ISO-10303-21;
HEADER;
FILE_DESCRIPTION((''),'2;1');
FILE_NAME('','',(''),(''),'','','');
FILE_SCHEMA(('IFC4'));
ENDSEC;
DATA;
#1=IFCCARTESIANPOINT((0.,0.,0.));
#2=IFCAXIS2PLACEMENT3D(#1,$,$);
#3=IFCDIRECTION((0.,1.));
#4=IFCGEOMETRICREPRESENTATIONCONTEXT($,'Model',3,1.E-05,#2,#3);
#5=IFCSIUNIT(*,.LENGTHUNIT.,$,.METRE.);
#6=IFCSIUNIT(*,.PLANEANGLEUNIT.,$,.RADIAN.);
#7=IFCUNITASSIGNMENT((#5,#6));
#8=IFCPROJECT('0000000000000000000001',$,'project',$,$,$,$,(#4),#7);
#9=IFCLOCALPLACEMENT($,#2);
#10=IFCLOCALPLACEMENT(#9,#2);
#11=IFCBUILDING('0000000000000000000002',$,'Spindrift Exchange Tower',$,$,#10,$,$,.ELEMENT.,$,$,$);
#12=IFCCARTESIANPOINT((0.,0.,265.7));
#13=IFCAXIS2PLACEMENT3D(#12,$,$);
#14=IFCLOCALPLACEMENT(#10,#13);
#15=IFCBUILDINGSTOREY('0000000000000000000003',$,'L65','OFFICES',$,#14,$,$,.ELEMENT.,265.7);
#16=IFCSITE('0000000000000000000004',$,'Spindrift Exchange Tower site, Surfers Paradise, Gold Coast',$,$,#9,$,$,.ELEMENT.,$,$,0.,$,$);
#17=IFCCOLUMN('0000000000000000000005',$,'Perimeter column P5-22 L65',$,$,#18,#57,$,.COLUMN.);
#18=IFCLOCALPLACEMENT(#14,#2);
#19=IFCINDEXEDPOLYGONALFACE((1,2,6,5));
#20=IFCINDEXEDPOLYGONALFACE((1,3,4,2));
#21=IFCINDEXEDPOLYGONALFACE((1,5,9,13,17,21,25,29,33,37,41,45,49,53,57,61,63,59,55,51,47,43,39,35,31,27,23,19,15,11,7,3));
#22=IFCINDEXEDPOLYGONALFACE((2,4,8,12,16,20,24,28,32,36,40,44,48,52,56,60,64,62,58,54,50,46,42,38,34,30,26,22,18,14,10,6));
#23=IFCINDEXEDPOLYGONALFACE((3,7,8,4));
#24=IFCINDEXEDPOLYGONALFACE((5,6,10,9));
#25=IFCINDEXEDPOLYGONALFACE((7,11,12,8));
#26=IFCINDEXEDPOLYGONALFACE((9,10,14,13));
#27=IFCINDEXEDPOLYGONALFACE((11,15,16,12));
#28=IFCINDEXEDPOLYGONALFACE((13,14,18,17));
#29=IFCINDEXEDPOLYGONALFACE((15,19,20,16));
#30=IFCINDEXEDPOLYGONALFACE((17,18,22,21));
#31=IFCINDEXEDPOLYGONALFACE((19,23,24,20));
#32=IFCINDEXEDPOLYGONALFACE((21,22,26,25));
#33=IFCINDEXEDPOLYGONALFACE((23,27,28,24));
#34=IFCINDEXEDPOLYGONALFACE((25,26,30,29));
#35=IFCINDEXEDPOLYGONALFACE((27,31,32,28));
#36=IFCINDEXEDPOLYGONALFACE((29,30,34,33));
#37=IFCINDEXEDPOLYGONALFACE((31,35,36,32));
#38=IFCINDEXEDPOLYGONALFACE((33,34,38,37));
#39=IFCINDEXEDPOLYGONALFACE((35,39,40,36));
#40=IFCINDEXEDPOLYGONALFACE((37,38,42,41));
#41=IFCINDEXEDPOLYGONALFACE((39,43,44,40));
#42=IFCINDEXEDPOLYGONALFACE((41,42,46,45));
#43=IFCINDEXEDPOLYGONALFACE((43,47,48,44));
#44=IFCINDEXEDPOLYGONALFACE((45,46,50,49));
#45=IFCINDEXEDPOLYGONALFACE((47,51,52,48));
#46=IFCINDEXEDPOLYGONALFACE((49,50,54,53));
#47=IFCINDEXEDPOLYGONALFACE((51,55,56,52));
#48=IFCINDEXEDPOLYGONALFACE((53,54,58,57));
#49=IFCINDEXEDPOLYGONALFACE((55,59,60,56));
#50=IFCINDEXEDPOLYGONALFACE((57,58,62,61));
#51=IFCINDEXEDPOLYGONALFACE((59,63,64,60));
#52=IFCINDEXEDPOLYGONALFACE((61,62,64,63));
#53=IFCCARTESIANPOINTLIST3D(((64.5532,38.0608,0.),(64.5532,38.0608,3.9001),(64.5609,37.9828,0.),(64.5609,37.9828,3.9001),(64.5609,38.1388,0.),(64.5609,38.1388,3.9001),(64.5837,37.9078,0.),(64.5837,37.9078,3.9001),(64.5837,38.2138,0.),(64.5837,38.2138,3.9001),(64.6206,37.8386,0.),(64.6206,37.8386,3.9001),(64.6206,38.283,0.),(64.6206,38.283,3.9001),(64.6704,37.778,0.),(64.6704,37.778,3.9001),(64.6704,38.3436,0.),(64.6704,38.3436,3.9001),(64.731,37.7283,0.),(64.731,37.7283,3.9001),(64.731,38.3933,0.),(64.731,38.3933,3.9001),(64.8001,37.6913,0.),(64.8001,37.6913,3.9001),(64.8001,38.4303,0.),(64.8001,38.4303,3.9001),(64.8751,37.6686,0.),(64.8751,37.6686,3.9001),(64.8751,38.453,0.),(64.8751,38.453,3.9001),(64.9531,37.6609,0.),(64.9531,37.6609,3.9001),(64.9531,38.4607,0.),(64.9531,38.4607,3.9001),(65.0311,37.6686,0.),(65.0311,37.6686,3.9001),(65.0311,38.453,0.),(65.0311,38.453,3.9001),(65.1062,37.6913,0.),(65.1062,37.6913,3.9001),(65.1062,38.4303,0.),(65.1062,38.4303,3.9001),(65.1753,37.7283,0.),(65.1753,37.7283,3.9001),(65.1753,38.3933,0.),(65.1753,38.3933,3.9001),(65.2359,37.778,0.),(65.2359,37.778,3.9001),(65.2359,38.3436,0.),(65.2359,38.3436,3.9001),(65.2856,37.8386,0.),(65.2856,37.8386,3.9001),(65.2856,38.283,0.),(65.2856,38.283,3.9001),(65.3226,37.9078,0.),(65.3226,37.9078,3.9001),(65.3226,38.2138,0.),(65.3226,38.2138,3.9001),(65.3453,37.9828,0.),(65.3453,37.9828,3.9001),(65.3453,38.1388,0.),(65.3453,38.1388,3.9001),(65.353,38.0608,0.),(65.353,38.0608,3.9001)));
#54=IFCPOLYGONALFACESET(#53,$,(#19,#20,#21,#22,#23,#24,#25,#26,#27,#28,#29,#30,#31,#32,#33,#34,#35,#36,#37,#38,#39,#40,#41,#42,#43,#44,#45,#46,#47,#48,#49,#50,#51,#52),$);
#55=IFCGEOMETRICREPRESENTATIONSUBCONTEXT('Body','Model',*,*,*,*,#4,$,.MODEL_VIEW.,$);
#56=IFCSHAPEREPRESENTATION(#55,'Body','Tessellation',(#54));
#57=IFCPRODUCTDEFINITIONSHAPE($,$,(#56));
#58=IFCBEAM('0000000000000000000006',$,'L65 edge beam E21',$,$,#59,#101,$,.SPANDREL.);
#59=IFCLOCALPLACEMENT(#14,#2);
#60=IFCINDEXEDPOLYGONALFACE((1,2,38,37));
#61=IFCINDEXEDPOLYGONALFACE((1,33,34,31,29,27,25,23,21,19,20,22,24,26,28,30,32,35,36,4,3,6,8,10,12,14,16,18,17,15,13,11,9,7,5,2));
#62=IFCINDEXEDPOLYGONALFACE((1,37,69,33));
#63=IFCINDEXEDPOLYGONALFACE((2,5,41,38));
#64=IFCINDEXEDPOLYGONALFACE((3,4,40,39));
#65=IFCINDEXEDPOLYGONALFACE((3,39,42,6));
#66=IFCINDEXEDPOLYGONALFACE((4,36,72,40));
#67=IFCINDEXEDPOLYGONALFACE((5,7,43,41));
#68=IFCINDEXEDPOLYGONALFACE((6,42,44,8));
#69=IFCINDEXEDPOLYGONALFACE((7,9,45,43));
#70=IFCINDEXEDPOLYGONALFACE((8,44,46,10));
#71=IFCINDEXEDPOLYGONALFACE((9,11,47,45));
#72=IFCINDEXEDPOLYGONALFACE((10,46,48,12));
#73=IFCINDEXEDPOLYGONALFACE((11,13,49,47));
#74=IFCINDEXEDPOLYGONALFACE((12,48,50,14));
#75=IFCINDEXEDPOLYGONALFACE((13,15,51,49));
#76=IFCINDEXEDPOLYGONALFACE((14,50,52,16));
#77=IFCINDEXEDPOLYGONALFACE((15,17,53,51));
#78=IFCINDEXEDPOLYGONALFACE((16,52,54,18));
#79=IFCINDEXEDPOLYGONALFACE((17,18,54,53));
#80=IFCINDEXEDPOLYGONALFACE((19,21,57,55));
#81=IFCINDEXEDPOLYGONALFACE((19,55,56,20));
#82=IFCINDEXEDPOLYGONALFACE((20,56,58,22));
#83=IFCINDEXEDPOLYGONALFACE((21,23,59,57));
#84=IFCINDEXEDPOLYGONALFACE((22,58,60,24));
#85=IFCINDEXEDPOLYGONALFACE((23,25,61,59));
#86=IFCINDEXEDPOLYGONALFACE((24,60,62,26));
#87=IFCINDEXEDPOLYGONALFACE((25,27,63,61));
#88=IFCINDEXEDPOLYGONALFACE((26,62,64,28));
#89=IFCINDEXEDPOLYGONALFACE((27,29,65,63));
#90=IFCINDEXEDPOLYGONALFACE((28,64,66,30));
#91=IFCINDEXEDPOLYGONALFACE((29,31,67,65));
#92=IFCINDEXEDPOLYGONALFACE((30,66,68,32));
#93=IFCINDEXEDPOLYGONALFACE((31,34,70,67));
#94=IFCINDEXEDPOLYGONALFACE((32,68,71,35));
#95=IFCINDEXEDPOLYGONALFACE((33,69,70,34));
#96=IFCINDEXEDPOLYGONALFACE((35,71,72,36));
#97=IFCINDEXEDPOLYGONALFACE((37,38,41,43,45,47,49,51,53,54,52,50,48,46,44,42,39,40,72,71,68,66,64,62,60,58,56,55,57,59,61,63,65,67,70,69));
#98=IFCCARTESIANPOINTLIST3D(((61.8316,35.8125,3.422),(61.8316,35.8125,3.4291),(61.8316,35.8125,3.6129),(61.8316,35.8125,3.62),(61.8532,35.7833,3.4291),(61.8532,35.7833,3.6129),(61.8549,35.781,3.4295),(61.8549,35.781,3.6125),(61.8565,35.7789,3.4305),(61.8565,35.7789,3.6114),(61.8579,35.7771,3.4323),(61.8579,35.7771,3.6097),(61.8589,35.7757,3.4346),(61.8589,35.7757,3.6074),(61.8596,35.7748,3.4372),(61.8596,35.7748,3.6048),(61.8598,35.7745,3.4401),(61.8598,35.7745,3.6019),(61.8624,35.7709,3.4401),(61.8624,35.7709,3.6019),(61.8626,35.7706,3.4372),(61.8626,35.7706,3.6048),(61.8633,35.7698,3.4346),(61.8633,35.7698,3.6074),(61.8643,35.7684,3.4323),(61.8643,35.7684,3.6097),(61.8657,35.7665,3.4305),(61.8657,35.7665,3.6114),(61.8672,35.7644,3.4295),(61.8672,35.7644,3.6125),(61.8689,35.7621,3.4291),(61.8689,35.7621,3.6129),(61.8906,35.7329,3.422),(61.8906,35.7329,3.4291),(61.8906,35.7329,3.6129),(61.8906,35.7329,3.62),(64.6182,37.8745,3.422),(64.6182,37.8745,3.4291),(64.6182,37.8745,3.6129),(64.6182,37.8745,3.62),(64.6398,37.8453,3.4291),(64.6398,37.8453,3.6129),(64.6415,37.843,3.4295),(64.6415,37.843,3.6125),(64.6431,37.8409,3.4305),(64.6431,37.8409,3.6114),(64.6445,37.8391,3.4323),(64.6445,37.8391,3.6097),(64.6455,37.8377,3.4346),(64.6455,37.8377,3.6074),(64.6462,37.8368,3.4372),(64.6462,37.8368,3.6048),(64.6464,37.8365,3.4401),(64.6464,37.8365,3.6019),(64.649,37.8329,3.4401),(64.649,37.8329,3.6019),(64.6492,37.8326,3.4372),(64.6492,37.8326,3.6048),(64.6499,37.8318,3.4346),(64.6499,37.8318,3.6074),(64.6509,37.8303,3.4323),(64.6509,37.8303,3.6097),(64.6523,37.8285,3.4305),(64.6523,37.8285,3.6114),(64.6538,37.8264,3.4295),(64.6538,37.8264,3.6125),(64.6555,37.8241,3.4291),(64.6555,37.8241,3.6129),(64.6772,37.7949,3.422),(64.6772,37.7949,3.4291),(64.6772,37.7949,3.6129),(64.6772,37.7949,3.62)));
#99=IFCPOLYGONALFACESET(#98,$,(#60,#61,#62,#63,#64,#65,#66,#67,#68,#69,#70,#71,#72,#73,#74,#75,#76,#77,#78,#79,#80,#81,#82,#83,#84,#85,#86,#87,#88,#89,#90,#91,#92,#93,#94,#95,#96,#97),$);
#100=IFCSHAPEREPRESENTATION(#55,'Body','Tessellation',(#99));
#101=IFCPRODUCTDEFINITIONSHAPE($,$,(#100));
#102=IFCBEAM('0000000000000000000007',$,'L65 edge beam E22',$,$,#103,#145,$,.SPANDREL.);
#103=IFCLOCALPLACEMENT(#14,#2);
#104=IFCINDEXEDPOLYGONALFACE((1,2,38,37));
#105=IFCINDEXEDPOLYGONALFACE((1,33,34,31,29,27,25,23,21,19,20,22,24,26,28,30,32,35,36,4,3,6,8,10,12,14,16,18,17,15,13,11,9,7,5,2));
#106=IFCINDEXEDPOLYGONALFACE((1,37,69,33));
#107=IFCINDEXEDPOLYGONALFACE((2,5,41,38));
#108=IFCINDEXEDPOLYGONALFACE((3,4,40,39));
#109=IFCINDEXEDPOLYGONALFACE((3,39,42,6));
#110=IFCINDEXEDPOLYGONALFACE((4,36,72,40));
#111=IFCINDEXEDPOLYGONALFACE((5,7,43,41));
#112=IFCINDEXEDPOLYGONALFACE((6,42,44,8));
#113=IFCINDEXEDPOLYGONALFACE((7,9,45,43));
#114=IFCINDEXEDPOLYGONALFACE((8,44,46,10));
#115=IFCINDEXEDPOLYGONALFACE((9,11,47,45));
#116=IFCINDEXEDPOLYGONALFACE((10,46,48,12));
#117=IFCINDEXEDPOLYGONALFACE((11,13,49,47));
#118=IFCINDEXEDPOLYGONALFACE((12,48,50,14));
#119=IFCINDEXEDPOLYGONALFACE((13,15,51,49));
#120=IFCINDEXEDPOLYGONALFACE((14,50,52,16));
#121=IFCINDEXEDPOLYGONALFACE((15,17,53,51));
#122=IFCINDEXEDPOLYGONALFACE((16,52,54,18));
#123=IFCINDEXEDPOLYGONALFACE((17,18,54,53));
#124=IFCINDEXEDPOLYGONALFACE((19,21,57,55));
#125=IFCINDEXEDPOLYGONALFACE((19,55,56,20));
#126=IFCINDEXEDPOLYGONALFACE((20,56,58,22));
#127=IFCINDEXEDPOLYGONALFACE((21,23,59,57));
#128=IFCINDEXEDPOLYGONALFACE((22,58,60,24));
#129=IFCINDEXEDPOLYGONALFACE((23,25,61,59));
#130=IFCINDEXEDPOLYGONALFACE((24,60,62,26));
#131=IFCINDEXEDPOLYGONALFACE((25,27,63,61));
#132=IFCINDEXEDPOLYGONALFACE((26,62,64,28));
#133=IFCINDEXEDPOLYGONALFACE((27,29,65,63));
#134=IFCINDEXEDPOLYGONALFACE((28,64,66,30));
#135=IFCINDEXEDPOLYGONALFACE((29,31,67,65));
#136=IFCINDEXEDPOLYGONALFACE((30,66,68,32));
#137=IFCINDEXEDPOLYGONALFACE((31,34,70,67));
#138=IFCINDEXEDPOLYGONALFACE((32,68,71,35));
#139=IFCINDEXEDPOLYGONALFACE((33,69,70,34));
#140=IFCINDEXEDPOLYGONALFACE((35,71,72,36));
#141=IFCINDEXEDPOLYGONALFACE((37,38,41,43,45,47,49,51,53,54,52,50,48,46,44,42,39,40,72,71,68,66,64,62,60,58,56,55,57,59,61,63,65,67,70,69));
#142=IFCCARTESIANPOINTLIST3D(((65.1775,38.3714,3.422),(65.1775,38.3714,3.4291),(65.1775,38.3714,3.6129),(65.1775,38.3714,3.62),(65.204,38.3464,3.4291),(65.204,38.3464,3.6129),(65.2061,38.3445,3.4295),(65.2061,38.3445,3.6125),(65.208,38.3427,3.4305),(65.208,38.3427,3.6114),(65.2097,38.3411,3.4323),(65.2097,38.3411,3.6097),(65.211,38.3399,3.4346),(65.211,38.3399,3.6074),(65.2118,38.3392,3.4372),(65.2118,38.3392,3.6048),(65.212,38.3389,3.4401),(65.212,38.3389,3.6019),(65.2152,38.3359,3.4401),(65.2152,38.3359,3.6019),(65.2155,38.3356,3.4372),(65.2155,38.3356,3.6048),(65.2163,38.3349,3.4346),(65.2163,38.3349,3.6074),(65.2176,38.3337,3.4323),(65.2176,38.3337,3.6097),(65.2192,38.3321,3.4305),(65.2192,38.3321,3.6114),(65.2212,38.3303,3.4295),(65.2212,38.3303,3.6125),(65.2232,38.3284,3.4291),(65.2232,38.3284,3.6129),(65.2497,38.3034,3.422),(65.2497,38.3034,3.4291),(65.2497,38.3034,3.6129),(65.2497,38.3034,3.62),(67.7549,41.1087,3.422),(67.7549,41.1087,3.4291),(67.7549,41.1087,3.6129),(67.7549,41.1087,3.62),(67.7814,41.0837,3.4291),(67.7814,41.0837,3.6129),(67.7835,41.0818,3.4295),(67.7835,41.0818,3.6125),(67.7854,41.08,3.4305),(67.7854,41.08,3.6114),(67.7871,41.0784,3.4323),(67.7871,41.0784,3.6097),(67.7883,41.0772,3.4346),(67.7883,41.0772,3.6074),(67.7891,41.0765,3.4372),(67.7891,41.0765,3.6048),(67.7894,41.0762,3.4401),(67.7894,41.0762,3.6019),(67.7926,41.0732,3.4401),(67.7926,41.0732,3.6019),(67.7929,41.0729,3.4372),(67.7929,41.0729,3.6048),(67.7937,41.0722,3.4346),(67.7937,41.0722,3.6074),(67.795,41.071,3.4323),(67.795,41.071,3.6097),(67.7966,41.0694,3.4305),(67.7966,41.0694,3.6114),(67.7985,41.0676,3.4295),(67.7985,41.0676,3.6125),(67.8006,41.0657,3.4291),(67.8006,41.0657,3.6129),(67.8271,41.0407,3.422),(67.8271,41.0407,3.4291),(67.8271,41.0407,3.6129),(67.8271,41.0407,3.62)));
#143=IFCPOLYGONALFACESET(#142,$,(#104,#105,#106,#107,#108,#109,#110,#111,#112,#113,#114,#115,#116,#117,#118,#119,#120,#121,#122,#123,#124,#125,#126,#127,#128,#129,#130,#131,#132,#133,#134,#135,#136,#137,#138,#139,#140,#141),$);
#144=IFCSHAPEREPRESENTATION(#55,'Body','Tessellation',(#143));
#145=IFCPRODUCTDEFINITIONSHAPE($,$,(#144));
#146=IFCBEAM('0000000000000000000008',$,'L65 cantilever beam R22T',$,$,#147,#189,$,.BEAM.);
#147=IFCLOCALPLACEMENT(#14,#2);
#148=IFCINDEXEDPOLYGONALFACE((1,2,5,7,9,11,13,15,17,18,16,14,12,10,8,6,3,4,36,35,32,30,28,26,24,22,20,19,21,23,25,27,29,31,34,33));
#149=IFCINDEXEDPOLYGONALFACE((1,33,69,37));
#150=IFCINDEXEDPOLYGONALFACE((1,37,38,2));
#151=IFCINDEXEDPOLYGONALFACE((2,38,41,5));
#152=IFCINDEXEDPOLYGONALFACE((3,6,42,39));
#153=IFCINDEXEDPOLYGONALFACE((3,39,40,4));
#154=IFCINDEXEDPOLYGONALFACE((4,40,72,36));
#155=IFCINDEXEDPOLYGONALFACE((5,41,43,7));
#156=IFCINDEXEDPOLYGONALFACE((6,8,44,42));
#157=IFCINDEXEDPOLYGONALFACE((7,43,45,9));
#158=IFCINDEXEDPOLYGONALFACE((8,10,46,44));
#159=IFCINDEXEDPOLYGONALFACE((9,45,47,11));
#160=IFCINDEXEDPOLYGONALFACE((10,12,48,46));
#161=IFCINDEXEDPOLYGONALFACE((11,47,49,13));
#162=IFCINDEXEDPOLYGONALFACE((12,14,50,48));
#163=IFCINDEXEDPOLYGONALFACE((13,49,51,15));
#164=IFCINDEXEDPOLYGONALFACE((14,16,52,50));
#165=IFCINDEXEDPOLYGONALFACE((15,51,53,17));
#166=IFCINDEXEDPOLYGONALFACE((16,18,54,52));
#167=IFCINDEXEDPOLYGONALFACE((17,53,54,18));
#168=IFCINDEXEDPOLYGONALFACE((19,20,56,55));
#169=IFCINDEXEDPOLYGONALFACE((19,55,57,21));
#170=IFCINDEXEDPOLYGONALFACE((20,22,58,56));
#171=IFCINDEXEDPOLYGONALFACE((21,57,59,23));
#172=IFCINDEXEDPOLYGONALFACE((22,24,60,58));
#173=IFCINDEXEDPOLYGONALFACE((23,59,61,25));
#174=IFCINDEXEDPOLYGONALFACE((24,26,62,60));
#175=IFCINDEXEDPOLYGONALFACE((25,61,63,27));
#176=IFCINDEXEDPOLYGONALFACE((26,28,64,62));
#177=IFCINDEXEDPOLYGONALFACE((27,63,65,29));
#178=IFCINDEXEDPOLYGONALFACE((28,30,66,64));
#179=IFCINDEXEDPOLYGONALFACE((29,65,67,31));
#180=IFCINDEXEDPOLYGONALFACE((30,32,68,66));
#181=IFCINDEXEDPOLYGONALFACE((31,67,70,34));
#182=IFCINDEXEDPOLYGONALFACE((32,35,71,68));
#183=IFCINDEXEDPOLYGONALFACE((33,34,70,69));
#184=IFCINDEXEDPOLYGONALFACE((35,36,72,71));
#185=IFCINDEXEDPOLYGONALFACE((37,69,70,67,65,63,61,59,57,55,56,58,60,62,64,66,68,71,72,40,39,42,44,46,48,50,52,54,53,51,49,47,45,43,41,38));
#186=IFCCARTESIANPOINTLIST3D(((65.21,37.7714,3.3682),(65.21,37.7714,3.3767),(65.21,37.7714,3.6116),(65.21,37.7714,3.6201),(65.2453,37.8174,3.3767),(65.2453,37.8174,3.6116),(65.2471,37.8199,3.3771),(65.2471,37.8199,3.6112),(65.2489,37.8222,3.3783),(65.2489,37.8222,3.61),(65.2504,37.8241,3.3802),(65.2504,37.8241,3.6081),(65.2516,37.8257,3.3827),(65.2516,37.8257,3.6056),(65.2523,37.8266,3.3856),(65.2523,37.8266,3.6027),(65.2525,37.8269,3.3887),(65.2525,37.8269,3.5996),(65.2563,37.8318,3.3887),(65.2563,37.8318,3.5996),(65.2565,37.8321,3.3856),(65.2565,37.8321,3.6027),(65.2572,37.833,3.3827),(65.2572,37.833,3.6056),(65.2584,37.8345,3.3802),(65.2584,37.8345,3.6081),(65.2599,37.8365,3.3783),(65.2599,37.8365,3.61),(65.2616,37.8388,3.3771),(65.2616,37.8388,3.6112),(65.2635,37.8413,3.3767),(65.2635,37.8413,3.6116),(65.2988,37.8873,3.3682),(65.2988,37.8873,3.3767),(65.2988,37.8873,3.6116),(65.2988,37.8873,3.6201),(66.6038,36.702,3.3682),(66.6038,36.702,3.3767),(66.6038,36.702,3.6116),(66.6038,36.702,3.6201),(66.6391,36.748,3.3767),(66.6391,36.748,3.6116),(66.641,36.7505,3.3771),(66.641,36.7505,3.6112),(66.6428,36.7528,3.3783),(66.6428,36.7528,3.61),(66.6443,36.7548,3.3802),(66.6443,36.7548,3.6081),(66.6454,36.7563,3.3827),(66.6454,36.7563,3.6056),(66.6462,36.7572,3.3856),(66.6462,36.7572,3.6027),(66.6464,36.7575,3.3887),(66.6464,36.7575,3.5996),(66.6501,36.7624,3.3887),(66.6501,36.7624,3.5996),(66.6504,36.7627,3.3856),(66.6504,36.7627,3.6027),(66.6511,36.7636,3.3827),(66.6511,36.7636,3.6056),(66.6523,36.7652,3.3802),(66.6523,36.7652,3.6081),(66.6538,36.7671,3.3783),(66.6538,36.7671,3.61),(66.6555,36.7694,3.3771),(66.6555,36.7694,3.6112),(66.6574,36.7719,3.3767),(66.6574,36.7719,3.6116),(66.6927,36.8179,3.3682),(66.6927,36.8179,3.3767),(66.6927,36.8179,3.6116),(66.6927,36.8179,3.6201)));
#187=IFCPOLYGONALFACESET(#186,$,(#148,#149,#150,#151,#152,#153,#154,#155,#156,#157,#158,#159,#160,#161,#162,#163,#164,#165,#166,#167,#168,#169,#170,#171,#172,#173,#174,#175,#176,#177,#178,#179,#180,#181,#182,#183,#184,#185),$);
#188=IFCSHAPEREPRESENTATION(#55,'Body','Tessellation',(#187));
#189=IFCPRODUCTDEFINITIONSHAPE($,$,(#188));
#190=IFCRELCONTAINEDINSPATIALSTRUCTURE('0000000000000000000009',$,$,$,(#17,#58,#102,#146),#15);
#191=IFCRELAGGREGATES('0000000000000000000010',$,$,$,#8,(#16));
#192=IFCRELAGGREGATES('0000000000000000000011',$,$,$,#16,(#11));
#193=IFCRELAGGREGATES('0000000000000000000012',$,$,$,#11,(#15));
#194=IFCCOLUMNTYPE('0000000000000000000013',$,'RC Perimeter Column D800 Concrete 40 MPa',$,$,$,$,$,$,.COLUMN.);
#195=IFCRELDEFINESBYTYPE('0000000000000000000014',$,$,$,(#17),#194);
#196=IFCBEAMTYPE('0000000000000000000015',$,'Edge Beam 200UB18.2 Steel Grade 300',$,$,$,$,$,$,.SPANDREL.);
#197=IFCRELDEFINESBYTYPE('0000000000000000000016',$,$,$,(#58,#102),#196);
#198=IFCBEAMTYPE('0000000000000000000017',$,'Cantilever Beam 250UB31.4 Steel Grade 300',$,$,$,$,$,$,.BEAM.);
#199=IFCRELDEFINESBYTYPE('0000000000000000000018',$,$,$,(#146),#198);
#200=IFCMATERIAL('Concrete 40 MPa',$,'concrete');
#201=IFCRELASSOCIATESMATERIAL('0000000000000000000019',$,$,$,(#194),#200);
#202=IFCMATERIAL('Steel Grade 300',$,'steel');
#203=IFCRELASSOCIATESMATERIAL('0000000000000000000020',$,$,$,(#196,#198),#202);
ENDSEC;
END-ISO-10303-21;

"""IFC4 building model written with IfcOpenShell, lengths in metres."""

from ifc_helpers import new_model, si_unit, direction, frame, origin, origin_2d, place, context, subcontext, project, spatial, circle, i_section, extrude, source, transform, mapped, material, material_profile, profile_set, type_object, element, save


model = new_model("IFC4")

# Units and contexts
model_context = context("Model", 3, precision=1e-05, world=origin(), true_north=direction((0.0, 1.0)))
body_context = subcontext(model_context, "Body", "Model", "MODEL_VIEW")
ifc_project = project(units=[si_unit("LENGTHUNIT", "METRE"), si_unit("PLANEANGLEUNIT", "RADIAN")], contexts=[model_context])

# Site, building, storey
site_placement = place(None, origin())
site = spatial("IfcSite", under=ifc_project, at=site_placement, Name="Spindrift Exchange Tower site, Surfers Paradise, Gold Coast", CompositionType="ELEMENT", RefElevation=0.0)
building_placement = place(site_placement, origin())
building = spatial("IfcBuilding", under=site, at=building_placement, Name="Spindrift Exchange Tower", CompositionType="ELEMENT")
storey_placement = place(building_placement, frame((0.0, 0.0, 265.7)))
storey = spatial("IfcBuildingStorey", under=building, at=storey_placement, Name="L65", Description="OFFICES", CompositionType="ELEMENT", Elevation=265.7)

# Column
ifc_material_1 = material(Name="Concrete 40 MPa", Category="concrete")
ifc_material_profile_1 = material_profile(ifc_material_1, circle(Radius=0.3999, at=origin_2d()), Name="RC D800")
ifc_profile_set_1 = profile_set([ifc_material_profile_1], Name="Concrete 40 MPa")
column_type = type_object("IfcColumnType", Name="RC Perimeter Column D800 Concrete 40 MPa", PredefinedType="COLUMN", material=ifc_profile_set_1)
shared_shape_1 = source(origin(), body_context, "Body", "SweptSolid", [
    extrude(circle(Radius=0.3999, at=origin_2d()), origin(), (0.0, 0.0, 1.0), 3.9001),
])
column_placement = place(storey_placement, frame((64.9531, 38.0608, 0.0), z_axis=(0.0, 0.0, 1.0), x_axis=(1.0, 0.0, 0.0)))
element("IfcColumn", 1, at=column_placement, inside=storey, type_object=column_type, Name="Perimeter column P5-22 L65", PredefinedType="COLUMN", context=body_context, shape_type="MappedRepresentation", body=[
    mapped(shared_shape_1, transform((0.0, 0.0, 0.0), scale=1.0)),
])

# Beams
ifc_material_2 = material(Name="Steel Grade 300", Category="steel")
ifc_material_profile_2 = material_profile(ifc_material_2, i_section(OverallWidth=0.0991, OverallDepth=0.198, WebThickness=0.0044, FlangeThickness=0.0071, FilletRadius=0.011, at=origin_2d()), Name="200UB18.2")
ifc_profile_set_2 = profile_set([ifc_material_profile_2], Name="Steel Grade 300")
beam_type_1 = type_object("IfcBeamType", Name="Edge Beam 200UB18.2 Steel Grade 300", PredefinedType="SPANDREL", material=ifc_profile_set_2)
shared_shape_2 = source(origin(), body_context, "Body", "SweptSolid", [
    extrude(i_section(OverallWidth=0.0991, OverallDepth=0.198, WebThickness=0.0044, FlangeThickness=0.0071, FilletRadius=0.011, at=origin_2d()), origin(), (0.0, 0.0, 1.0), 3.4666),
])
beam_1_placement = place(storey_placement, frame((61.8611, 35.7727, 3.521), z_axis=(0.803854, 0.594827, 0.0), x_axis=(-0.594827, 0.803854, 0.0)))
element("IfcBeam", 2, at=beam_1_placement, inside=storey, type_object=beam_type_1, Name="L65 edge beam E21", PredefinedType="SPANDREL", context=body_context, shape_type="MappedRepresentation", body=[
    mapped(shared_shape_2, transform((0.0, 0.0, 0.0), scale=1.0)),
])
shared_shape_3 = source(origin(), body_context, "Body", "SweptSolid", [
    extrude(i_section(OverallWidth=0.0991, OverallDepth=0.198, WebThickness=0.0044, FlangeThickness=0.0071, FilletRadius=0.011, at=origin_2d()), origin(), (0.0, 0.0, 1.0), 3.7598),
])
beam_2_placement = place(storey_placement, frame((65.2136, 38.3374, 3.521), z_axis=(0.685521, 0.728053, 0.0), x_axis=(-0.728053, 0.685521, 0.0)))
element("IfcBeam", 3, at=beam_2_placement, inside=storey, type_object=beam_type_1, Name="L65 edge beam E22", PredefinedType="SPANDREL", context=body_context, shape_type="MappedRepresentation", body=[
    mapped(shared_shape_3, transform((0.0, 0.0, 0.0), scale=1.0)),
])
ifc_material_profile_3 = material_profile(ifc_material_2, i_section(OverallWidth=0.146, OverallDepth=0.252, WebThickness=0.0061, FlangeThickness=0.0085, FilletRadius=0.012, at=origin_2d()), Name="250UB31.4")
ifc_profile_set_3 = profile_set([ifc_material_profile_3], Name="Steel Grade 300")
beam_type_2 = type_object("IfcBeamType", Name="Cantilever Beam 250UB31.4 Steel Grade 300", PredefinedType="BEAM", material=ifc_profile_set_3)
shared_shape_4 = source(origin(), body_context, "Body", "SweptSolid", [
    extrude(i_section(OverallWidth=0.146, OverallDepth=0.252, WebThickness=0.0061, FlangeThickness=0.0085, FilletRadius=0.012, at=origin_2d()), origin(), (0.0, 0.0, 1.0), 1.7568),
])
beam_3_placement = place(storey_placement, frame((65.2544, 37.8293, 3.4941), z_axis=(0.793398, -0.608703, 0.0), x_axis=(0.608703, 0.793398, 0.0)))
element("IfcBeam", 4, at=beam_3_placement, inside=storey, type_object=beam_type_2, Name="L65 cantilever beam R22T", PredefinedType="BEAM", context=body_context, shape_type="MappedRepresentation", body=[
    mapped(shared_shape_4, transform((0.0, 0.0, 0.0), scale=1.0)),
])

save(model, "model.ifc")
